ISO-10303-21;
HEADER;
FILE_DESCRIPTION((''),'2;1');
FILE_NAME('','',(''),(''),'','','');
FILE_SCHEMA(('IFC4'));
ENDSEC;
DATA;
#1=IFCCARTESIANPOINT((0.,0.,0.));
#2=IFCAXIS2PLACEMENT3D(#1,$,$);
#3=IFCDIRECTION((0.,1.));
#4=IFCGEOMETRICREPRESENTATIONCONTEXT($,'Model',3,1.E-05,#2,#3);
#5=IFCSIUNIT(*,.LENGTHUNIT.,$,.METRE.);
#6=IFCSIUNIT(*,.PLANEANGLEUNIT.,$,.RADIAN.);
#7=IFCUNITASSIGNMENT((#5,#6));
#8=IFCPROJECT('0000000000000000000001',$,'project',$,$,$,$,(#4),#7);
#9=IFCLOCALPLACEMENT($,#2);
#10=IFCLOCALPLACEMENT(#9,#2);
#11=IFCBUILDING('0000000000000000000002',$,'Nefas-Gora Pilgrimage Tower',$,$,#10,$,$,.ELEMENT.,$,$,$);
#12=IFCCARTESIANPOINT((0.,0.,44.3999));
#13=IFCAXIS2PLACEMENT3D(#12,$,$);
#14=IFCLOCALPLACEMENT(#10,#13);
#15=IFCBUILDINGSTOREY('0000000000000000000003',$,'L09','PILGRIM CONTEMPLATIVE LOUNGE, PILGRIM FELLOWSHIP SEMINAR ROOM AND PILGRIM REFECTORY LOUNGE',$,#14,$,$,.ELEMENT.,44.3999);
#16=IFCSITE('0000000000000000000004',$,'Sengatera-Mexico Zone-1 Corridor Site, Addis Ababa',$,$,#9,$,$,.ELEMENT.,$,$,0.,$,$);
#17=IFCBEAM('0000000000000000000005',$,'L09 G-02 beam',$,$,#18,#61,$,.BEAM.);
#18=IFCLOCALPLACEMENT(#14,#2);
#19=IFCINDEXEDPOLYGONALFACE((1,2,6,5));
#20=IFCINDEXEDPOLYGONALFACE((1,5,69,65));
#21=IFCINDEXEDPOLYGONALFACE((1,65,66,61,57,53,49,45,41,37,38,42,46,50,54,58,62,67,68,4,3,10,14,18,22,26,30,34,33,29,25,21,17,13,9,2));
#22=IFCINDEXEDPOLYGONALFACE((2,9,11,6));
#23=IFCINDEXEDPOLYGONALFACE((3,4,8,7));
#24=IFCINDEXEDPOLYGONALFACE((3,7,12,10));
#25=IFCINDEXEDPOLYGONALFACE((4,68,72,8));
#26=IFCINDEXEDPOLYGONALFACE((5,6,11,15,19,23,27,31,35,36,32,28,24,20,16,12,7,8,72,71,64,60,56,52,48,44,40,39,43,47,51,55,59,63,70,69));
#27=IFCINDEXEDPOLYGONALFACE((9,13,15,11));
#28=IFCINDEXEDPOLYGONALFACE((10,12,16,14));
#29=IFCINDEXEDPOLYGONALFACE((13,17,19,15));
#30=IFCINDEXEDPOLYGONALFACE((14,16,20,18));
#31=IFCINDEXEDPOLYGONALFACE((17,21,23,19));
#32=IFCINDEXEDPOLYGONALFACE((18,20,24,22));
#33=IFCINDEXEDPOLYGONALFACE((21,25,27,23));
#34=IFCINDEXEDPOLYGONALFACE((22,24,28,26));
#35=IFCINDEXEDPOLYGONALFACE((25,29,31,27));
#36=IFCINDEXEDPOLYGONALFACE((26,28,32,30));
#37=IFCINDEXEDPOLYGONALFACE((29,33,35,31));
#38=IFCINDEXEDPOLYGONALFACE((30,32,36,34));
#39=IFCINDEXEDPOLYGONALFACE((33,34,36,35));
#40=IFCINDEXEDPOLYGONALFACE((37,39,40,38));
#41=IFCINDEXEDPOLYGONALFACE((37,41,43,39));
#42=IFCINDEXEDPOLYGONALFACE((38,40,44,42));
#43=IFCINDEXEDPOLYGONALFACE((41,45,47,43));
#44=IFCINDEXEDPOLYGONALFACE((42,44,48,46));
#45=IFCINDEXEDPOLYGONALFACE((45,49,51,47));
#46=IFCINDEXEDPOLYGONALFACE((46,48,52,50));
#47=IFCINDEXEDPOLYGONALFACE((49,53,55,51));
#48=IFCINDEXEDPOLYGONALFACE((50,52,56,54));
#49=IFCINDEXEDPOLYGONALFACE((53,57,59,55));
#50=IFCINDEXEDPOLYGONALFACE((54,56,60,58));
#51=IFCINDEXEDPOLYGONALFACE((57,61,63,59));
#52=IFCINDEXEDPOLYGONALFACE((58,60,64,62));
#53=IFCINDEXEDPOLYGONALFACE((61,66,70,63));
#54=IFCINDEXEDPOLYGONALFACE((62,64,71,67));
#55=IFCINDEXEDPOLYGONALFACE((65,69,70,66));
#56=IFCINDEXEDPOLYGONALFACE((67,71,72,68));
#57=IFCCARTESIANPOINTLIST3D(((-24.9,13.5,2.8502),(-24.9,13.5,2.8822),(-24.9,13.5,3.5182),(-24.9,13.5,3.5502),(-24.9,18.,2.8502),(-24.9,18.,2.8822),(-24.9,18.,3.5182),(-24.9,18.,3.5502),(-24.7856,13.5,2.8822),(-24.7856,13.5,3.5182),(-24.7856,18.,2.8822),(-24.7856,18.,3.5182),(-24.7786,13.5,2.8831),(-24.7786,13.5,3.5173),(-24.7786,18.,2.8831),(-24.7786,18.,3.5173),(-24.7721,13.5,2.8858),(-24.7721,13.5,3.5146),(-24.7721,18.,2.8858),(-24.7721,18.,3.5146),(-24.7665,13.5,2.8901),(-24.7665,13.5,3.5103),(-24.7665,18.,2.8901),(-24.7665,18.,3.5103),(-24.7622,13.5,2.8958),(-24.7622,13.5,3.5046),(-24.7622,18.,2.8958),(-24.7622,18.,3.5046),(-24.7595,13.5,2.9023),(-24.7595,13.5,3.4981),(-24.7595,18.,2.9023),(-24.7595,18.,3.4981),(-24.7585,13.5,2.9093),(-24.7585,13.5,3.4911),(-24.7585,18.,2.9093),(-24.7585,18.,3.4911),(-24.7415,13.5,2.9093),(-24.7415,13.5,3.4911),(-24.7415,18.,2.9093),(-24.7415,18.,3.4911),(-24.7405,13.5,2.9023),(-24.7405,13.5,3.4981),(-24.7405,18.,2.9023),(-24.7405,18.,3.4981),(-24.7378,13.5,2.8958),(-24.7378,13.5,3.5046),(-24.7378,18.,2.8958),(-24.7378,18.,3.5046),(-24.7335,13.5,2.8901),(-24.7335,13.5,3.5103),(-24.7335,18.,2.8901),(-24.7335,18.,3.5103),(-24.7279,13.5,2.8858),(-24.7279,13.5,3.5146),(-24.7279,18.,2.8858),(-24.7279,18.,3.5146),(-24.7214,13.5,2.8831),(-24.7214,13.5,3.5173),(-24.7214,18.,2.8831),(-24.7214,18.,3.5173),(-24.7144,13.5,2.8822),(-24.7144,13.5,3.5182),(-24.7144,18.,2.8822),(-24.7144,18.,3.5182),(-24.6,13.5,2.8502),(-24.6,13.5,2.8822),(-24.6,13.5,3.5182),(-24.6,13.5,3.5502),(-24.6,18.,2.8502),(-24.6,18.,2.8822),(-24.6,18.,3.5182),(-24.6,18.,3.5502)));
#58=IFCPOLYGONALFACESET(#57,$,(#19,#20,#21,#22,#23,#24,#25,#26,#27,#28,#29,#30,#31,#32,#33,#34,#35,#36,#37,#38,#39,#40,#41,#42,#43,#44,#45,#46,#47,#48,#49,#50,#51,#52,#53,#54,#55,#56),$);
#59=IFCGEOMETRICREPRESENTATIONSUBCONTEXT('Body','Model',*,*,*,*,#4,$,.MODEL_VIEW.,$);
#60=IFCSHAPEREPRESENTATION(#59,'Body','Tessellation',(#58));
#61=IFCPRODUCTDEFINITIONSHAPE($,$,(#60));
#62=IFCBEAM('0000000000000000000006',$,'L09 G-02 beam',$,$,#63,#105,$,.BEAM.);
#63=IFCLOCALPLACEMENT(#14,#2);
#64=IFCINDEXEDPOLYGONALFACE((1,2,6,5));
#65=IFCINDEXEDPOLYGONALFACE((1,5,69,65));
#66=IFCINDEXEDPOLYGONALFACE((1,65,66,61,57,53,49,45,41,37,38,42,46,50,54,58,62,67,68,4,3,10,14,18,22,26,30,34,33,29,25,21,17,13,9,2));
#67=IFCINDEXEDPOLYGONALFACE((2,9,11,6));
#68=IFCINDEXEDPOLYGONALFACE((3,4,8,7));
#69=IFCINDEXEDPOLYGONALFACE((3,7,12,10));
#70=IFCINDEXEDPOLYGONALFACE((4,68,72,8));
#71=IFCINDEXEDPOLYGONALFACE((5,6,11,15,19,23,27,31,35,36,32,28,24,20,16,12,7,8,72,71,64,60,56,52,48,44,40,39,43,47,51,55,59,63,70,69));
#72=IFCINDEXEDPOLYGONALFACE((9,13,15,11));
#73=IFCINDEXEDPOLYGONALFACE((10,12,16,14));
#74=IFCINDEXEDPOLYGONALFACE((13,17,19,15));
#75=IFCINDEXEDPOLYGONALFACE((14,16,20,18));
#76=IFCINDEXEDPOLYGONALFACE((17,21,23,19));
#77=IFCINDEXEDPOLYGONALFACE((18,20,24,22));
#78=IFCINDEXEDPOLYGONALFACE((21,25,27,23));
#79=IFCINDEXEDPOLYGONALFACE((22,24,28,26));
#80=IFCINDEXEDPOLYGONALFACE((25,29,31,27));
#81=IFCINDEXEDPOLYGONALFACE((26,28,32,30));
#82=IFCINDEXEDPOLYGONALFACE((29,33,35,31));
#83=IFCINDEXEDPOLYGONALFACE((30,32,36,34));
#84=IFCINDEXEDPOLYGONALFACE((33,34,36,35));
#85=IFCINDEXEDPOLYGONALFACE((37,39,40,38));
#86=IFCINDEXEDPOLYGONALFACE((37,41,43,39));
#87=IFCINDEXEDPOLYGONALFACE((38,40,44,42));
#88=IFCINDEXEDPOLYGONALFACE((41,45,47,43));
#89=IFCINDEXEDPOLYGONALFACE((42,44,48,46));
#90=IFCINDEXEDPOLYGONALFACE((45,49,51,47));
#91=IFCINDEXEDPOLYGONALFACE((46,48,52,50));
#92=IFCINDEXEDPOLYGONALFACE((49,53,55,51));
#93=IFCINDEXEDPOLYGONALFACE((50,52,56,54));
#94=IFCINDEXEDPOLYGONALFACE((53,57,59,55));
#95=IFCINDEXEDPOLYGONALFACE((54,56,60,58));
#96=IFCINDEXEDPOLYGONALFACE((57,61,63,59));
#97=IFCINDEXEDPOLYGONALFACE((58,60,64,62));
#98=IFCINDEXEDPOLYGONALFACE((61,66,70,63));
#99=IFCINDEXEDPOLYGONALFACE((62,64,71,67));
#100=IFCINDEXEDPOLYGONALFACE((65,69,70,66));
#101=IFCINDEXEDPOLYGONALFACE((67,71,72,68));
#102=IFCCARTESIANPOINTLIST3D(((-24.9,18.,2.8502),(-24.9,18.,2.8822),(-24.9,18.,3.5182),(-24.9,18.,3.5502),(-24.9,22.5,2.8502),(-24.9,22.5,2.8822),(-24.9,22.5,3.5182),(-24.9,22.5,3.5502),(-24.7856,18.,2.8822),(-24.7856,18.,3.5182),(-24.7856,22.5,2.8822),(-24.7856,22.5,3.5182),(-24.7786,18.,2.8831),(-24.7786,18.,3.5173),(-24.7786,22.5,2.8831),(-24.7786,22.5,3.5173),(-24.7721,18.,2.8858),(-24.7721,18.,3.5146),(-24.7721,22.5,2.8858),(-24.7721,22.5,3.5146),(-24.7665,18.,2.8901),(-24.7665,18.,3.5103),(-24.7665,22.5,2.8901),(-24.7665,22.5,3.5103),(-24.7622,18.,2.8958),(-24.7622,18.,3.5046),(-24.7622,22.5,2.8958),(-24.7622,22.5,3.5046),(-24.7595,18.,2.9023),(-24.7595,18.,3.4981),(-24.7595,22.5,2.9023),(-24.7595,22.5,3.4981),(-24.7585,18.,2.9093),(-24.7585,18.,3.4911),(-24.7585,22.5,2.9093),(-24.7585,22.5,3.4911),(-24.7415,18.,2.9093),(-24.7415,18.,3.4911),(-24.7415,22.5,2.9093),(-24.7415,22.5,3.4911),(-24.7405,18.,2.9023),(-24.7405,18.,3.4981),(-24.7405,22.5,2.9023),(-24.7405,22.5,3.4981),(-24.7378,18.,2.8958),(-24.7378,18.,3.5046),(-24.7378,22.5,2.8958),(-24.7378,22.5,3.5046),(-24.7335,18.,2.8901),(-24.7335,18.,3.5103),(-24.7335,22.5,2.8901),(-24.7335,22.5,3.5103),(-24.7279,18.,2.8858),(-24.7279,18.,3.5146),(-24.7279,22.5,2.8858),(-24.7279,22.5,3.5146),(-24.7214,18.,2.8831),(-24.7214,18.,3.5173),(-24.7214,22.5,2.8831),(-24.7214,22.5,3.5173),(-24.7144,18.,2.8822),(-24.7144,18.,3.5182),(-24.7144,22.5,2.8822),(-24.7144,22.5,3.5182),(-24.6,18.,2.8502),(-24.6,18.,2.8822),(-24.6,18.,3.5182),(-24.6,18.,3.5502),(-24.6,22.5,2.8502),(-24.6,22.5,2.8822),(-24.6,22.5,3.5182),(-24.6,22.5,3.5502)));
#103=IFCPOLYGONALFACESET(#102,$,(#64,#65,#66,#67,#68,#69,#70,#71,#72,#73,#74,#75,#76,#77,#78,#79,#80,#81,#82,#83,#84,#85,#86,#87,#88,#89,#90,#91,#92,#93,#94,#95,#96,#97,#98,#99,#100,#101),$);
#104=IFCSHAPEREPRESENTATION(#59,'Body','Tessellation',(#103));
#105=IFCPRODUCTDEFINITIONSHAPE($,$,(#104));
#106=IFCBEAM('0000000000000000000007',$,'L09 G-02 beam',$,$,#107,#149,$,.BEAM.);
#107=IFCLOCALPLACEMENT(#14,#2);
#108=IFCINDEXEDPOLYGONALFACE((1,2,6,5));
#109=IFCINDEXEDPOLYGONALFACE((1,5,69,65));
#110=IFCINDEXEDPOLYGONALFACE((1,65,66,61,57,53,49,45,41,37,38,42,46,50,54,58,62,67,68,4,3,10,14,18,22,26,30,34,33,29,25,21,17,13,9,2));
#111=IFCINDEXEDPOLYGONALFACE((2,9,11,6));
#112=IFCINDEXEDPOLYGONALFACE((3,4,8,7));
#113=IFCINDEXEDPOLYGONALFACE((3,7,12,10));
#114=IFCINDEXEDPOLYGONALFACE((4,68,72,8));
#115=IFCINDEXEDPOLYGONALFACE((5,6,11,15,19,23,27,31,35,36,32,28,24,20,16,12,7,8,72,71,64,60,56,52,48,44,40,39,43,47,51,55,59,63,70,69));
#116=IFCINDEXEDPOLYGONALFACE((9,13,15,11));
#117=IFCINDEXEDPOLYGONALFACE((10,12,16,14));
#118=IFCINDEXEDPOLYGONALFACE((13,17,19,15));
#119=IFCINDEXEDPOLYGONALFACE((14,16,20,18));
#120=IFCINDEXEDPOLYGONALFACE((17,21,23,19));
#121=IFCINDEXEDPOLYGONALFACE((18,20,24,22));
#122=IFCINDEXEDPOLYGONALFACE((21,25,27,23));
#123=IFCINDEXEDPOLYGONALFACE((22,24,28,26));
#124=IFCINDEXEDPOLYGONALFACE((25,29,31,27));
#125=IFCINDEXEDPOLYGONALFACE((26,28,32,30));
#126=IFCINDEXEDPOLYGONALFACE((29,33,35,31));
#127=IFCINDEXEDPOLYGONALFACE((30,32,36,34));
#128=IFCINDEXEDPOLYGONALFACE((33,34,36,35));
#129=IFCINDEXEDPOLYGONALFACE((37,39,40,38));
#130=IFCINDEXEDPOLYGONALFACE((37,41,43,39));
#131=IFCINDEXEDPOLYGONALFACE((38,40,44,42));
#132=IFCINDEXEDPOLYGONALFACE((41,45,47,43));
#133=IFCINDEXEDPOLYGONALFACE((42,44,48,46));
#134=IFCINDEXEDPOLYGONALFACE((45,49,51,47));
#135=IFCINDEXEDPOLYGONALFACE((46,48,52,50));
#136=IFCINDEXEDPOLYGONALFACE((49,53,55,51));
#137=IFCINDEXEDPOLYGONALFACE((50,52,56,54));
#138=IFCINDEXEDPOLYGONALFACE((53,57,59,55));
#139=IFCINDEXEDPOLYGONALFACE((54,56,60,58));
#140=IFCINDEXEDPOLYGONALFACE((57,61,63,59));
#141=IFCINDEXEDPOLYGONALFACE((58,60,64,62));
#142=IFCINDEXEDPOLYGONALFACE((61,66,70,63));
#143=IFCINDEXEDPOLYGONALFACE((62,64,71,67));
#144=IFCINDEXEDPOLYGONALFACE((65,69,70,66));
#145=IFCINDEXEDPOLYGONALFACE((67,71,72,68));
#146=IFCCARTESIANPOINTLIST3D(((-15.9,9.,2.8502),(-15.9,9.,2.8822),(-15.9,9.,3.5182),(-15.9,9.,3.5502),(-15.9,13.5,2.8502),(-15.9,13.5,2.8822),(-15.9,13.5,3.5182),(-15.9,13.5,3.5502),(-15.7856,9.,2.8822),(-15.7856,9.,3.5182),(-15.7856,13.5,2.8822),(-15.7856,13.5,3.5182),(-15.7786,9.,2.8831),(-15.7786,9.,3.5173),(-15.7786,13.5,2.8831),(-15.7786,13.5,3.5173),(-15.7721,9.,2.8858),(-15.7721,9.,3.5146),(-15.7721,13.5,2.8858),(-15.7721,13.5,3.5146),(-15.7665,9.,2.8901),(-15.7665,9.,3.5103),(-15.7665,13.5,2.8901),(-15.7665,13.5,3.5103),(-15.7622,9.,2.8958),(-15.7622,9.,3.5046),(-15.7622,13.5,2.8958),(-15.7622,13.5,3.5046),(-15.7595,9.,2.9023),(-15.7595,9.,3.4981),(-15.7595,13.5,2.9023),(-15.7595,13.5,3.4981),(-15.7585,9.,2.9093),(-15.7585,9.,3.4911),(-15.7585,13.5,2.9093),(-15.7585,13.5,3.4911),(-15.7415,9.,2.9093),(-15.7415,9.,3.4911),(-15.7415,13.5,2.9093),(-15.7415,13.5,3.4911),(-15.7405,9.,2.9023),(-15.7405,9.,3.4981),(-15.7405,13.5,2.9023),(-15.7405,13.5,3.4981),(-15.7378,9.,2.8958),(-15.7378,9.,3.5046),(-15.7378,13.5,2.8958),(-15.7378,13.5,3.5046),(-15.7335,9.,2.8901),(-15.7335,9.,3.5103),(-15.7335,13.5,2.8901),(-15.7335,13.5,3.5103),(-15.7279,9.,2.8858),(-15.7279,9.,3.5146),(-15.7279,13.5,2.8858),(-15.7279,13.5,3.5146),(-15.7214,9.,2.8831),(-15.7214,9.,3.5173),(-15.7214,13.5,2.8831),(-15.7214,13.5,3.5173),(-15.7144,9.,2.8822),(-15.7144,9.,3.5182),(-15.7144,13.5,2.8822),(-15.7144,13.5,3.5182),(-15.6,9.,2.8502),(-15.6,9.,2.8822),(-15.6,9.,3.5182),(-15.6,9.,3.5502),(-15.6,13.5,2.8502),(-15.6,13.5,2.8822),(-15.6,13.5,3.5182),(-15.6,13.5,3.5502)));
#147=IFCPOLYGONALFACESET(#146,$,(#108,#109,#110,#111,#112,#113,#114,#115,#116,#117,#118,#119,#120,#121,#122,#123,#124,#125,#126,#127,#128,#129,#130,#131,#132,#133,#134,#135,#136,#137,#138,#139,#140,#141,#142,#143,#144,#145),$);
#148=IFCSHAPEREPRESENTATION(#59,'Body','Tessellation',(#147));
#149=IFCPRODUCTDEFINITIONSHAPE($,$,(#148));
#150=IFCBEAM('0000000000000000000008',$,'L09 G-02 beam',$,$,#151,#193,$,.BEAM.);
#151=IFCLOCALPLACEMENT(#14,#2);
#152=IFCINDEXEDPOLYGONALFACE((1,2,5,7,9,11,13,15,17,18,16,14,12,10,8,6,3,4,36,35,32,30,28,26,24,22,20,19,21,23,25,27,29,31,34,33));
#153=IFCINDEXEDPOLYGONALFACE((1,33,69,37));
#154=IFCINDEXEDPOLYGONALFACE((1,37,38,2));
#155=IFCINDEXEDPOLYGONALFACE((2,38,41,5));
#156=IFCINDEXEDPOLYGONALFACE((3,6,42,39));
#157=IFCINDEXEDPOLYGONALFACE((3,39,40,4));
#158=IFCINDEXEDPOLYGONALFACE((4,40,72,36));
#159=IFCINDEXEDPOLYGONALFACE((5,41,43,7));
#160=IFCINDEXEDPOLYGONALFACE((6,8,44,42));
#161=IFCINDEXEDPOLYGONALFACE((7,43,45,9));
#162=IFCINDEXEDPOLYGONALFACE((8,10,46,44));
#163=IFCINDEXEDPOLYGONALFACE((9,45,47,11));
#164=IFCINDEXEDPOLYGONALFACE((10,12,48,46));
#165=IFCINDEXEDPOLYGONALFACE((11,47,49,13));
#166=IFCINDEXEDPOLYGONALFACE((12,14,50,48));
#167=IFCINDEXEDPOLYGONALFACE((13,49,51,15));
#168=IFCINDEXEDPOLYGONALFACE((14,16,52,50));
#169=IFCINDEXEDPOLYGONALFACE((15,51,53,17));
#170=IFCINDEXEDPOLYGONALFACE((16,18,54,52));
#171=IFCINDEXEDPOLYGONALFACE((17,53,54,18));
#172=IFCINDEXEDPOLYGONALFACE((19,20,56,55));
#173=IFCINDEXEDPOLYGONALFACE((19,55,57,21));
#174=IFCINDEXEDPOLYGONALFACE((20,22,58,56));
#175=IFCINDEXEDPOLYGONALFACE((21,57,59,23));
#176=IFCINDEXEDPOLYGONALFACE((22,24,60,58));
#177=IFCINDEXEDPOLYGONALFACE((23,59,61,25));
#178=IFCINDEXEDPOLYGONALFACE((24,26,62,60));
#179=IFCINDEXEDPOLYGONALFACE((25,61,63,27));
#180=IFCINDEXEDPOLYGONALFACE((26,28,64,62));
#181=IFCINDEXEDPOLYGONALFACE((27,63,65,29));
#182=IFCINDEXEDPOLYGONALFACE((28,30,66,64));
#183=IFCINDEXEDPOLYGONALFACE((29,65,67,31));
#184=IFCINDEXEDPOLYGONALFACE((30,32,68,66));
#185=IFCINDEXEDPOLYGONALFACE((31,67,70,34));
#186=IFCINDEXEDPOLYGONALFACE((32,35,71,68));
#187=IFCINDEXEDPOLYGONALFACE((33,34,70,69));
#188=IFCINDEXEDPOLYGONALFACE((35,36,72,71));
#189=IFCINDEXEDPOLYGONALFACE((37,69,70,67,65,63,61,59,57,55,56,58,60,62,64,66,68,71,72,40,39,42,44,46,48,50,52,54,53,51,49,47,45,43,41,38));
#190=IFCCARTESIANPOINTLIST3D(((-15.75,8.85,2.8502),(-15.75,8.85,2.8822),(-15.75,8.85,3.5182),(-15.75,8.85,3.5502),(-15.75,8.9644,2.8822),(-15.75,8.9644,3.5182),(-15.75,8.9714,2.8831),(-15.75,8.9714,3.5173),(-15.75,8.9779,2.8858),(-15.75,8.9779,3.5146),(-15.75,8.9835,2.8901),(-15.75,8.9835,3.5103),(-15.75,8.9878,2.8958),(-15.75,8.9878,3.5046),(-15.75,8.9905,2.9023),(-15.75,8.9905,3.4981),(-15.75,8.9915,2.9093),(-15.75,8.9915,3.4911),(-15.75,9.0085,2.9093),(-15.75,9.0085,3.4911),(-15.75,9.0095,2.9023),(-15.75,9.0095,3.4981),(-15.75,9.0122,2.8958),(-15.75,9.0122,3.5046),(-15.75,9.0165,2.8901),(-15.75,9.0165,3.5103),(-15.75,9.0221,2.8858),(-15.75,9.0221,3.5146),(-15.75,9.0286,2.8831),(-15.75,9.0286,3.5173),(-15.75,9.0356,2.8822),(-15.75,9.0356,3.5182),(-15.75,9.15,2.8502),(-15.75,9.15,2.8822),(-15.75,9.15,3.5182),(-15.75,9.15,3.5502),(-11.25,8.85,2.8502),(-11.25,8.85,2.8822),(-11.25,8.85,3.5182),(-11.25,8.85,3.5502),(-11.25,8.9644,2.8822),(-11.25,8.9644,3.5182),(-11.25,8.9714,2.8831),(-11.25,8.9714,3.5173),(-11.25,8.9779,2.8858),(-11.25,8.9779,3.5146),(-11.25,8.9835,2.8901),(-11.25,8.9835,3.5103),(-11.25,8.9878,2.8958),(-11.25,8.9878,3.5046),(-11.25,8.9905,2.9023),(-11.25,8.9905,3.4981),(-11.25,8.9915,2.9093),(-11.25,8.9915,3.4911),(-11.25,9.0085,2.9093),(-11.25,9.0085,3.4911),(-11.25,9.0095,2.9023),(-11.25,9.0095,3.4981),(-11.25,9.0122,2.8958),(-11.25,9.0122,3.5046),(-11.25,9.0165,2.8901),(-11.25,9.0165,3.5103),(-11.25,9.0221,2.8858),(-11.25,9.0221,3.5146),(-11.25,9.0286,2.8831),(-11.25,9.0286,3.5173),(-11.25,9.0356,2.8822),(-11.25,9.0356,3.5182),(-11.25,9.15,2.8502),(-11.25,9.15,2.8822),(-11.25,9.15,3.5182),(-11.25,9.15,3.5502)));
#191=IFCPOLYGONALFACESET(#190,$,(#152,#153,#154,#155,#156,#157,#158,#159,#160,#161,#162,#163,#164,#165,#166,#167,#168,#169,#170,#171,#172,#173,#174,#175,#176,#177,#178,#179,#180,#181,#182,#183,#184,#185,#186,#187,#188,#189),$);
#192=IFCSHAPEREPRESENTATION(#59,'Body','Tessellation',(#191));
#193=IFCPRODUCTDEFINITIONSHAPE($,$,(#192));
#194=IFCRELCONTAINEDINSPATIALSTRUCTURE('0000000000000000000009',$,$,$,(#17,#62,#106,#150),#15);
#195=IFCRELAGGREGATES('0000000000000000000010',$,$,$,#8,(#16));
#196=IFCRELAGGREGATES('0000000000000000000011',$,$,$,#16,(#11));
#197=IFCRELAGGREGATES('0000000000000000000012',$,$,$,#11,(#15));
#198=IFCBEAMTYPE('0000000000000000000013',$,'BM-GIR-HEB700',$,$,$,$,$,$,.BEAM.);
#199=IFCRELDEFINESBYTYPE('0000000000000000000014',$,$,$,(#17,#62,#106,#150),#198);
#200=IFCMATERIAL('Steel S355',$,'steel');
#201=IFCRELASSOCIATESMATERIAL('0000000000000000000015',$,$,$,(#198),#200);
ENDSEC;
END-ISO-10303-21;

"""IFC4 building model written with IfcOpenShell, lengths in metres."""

from ifc_helpers import new_model, si_unit, direction, frame, origin, origin_2d, place, context, subcontext, project, spatial, i_section, extrude, source, transform, mapped, material, material_profile, profile_set, type_object, element, save


model = new_model("IFC4")

# Units and contexts
model_context = context("Model", 3, precision=1e-05, world=origin(), true_north=direction((0.0, 1.0)))
body_context = subcontext(model_context, "Body", "Model", "MODEL_VIEW")
ifc_project = project(units=[si_unit("LENGTHUNIT", "METRE"), si_unit("PLANEANGLEUNIT", "RADIAN")], contexts=[model_context])

# Site, building, storey
site_placement = place(None, origin())
site = spatial("IfcSite", under=ifc_project, at=site_placement, Name="Sengatera-Mexico Zone-1 Corridor Site, Addis Ababa", CompositionType="ELEMENT", RefElevation=0.0)
building_placement = place(site_placement, origin())
building = spatial("IfcBuilding", under=site, at=building_placement, Name="Nefas-Gora Pilgrimage Tower", CompositionType="ELEMENT")
storey_placement = place(building_placement, frame((0.0, 0.0, 44.3999)))
storey = spatial("IfcBuildingStorey", under=building, at=storey_placement, Name="L09", Description="PILGRIM CONTEMPLATIVE LOUNGE, PILGRIM FELLOWSHIP SEMINAR ROOM AND PILGRIM REFECTORY LOUNGE", CompositionType="ELEMENT", Elevation=44.3999)

# Beams
ifc_material_1 = material(Name="Steel S355", Category="steel")
ifc_material_profile_1 = material_profile(ifc_material_1, i_section(OverallWidth=0.3, OverallDepth=0.7, WebThickness=0.0171, FlangeThickness=0.032, FilletRadius=0.0271, at=origin_2d()), Name="HEB 700")
ifc_profile_set_1 = profile_set([ifc_material_profile_1], Name="Steel S355")
beam_type_1 = type_object("IfcBeamType", Name="BM-GIR-HEB700", PredefinedType="BEAM", material=ifc_profile_set_1)
shared_shape_1 = source(origin(), body_context, "Body", "SweptSolid", [
    extrude(i_section(OverallWidth=0.3, OverallDepth=0.7, WebThickness=0.0171, FlangeThickness=0.032, FilletRadius=0.0271, at=origin_2d()), origin(), (0.0, 0.0, 1.0), 4.5),
])
for number, where, z_axis, x_axis, name in (
    (1, (-24.75, 13.5, 3.2002), (0.0, 1.0, 0.0), (-1.0, 0.0, 0.0), "L09 G-02 beam"),
    (2, (-24.75, 18.0, 3.2002), (0.0, 1.0, 0.0), (-1.0, 0.0, 0.0), "L09 G-02 beam"),
    (3, (-15.75, 9.0, 3.2002), (0.0, 1.0, 0.0), (-1.0, 0.0, 0.0), "L09 G-02 beam"),
    (4, (-15.75, 9.0, 3.2002), (1.0, 0.0, 0.0), (0.0, 1.0, 0.0), "L09 G-02 beam"),
):
    element("IfcBeam", number, at=place(storey_placement, frame(where, z_axis=z_axis, x_axis=x_axis)), inside=storey, type_object=beam_type_1, Name=name, PredefinedType="BEAM", context=body_context, shape_type="MappedRepresentation", body=[
        mapped(shared_shape_1, transform((0.0, 0.0, 0.0), x_axis=(1.0, 0.0, 0.0), y_axis=(0.0, 1.0, 0.0), z_axis=(0.0, 0.0, 1.0), scale=1.0)),
    ])

save(model, "model.ifc")
